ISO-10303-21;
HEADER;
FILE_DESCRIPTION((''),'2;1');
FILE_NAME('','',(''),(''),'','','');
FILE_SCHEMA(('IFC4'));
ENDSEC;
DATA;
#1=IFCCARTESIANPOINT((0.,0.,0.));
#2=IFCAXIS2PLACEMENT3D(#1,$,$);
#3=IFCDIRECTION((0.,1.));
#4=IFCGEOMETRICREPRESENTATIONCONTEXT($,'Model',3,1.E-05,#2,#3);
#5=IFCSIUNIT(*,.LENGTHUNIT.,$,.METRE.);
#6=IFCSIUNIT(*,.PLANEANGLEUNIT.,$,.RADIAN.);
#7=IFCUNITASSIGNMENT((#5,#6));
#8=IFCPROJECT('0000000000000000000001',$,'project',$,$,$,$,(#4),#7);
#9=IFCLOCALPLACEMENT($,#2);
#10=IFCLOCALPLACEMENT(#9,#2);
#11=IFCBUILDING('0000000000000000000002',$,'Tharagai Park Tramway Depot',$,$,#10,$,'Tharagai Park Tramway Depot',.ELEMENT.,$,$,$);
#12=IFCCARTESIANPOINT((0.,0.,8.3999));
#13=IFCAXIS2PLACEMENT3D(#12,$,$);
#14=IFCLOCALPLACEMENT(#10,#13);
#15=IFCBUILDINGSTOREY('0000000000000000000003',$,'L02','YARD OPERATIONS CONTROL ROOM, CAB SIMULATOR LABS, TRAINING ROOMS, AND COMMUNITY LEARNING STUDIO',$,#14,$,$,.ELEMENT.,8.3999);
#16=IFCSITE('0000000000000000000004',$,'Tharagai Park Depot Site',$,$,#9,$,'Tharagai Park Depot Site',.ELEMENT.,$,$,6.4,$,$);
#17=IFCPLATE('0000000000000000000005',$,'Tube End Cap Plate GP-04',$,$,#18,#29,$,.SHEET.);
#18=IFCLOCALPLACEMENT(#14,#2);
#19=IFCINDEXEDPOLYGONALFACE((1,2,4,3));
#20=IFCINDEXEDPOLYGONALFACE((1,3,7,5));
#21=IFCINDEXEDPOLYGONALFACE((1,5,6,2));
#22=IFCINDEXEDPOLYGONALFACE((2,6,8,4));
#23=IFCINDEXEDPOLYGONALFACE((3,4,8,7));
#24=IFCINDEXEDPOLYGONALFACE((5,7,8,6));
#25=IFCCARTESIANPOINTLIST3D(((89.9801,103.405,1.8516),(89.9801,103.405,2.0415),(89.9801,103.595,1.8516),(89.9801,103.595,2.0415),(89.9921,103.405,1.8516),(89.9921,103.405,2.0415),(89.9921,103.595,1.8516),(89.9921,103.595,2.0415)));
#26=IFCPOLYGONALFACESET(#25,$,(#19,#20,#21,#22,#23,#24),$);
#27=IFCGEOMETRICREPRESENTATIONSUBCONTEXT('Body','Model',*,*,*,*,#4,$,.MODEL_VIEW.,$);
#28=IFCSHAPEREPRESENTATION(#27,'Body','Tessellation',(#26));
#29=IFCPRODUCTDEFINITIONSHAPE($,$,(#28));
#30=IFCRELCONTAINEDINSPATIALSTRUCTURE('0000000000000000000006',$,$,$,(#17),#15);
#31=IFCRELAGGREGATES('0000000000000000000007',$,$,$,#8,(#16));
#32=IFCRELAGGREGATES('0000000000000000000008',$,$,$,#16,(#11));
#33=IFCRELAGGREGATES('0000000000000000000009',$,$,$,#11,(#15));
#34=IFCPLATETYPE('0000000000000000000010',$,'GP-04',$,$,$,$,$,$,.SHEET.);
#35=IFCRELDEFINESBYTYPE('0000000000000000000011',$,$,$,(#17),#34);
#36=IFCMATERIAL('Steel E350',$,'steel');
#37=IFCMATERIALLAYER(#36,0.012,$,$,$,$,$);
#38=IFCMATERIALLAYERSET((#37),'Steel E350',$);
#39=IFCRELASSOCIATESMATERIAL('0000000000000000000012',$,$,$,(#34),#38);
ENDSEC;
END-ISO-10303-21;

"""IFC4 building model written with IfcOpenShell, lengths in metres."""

from ifc_helpers import new_model, si_unit, direction, frame, origin, origin_2d, place, context, subcontext, project, spatial, rectangle, extrude, material, layer, layer_set, type_object, element, save


model = new_model("IFC4")

# Units and contexts
model_context = context("Model", 3, precision=1e-05, world=origin(), true_north=direction((0.0, 1.0)))
body_context = subcontext(model_context, "Body", "Model", "MODEL_VIEW")
ifc_project = project(units=[si_unit("LENGTHUNIT", "METRE"), si_unit("PLANEANGLEUNIT", "RADIAN")], contexts=[model_context])

# Site, building, storey
site_placement = place(None, origin())
site = spatial("IfcSite", under=ifc_project, at=site_placement, Name="Tharagai Park Depot Site", LongName="Tharagai Park Depot Site", CompositionType="ELEMENT", RefElevation=6.4)
building_placement = place(site_placement, origin())
building = spatial("IfcBuilding", under=site, at=building_placement, Name="Tharagai Park Tramway Depot", LongName="Tharagai Park Tramway Depot", CompositionType="ELEMENT")
storey_placement = place(building_placement, frame((0.0, 0.0, 8.3999)))
storey = spatial("IfcBuildingStorey", under=building, at=storey_placement, Name="L02", Description="YARD OPERATIONS CONTROL ROOM, CAB SIMULATOR LABS, TRAINING ROOMS, AND COMMUNITY LEARNING STUDIO", CompositionType="ELEMENT", Elevation=8.3999)

# Shared definitions
ifc_material_1 = material(Name="Steel E350", Category="steel")

# Plate
ifc_layer_1 = layer(ifc_material_1, 0.012)
ifc_layer_set_1 = layer_set([ifc_layer_1], Name="Steel E350")
plate_type_1 = type_object("IfcPlateType", Name="GP-04", PredefinedType="SHEET", material=ifc_layer_set_1)
plate_1_placement = place(storey_placement, frame((89.9861, 103.5, 1.8516), z_axis=(0.0, 0.0, 1.0), x_axis=(1.0, 0.0, 0.0)))
element("IfcPlate", 1, at=plate_1_placement, inside=storey, type_object=plate_type_1, Name="Tube End Cap Plate GP-04", PredefinedType="SHEET", context=body_context, shape_type="SweptSolid", body=[
    extrude(rectangle(XDim=0.012, YDim=0.1899, at=origin_2d()), origin(), (0.0, 0.0, 1.0), 0.1899),
])

save(model, "model.ifc")
